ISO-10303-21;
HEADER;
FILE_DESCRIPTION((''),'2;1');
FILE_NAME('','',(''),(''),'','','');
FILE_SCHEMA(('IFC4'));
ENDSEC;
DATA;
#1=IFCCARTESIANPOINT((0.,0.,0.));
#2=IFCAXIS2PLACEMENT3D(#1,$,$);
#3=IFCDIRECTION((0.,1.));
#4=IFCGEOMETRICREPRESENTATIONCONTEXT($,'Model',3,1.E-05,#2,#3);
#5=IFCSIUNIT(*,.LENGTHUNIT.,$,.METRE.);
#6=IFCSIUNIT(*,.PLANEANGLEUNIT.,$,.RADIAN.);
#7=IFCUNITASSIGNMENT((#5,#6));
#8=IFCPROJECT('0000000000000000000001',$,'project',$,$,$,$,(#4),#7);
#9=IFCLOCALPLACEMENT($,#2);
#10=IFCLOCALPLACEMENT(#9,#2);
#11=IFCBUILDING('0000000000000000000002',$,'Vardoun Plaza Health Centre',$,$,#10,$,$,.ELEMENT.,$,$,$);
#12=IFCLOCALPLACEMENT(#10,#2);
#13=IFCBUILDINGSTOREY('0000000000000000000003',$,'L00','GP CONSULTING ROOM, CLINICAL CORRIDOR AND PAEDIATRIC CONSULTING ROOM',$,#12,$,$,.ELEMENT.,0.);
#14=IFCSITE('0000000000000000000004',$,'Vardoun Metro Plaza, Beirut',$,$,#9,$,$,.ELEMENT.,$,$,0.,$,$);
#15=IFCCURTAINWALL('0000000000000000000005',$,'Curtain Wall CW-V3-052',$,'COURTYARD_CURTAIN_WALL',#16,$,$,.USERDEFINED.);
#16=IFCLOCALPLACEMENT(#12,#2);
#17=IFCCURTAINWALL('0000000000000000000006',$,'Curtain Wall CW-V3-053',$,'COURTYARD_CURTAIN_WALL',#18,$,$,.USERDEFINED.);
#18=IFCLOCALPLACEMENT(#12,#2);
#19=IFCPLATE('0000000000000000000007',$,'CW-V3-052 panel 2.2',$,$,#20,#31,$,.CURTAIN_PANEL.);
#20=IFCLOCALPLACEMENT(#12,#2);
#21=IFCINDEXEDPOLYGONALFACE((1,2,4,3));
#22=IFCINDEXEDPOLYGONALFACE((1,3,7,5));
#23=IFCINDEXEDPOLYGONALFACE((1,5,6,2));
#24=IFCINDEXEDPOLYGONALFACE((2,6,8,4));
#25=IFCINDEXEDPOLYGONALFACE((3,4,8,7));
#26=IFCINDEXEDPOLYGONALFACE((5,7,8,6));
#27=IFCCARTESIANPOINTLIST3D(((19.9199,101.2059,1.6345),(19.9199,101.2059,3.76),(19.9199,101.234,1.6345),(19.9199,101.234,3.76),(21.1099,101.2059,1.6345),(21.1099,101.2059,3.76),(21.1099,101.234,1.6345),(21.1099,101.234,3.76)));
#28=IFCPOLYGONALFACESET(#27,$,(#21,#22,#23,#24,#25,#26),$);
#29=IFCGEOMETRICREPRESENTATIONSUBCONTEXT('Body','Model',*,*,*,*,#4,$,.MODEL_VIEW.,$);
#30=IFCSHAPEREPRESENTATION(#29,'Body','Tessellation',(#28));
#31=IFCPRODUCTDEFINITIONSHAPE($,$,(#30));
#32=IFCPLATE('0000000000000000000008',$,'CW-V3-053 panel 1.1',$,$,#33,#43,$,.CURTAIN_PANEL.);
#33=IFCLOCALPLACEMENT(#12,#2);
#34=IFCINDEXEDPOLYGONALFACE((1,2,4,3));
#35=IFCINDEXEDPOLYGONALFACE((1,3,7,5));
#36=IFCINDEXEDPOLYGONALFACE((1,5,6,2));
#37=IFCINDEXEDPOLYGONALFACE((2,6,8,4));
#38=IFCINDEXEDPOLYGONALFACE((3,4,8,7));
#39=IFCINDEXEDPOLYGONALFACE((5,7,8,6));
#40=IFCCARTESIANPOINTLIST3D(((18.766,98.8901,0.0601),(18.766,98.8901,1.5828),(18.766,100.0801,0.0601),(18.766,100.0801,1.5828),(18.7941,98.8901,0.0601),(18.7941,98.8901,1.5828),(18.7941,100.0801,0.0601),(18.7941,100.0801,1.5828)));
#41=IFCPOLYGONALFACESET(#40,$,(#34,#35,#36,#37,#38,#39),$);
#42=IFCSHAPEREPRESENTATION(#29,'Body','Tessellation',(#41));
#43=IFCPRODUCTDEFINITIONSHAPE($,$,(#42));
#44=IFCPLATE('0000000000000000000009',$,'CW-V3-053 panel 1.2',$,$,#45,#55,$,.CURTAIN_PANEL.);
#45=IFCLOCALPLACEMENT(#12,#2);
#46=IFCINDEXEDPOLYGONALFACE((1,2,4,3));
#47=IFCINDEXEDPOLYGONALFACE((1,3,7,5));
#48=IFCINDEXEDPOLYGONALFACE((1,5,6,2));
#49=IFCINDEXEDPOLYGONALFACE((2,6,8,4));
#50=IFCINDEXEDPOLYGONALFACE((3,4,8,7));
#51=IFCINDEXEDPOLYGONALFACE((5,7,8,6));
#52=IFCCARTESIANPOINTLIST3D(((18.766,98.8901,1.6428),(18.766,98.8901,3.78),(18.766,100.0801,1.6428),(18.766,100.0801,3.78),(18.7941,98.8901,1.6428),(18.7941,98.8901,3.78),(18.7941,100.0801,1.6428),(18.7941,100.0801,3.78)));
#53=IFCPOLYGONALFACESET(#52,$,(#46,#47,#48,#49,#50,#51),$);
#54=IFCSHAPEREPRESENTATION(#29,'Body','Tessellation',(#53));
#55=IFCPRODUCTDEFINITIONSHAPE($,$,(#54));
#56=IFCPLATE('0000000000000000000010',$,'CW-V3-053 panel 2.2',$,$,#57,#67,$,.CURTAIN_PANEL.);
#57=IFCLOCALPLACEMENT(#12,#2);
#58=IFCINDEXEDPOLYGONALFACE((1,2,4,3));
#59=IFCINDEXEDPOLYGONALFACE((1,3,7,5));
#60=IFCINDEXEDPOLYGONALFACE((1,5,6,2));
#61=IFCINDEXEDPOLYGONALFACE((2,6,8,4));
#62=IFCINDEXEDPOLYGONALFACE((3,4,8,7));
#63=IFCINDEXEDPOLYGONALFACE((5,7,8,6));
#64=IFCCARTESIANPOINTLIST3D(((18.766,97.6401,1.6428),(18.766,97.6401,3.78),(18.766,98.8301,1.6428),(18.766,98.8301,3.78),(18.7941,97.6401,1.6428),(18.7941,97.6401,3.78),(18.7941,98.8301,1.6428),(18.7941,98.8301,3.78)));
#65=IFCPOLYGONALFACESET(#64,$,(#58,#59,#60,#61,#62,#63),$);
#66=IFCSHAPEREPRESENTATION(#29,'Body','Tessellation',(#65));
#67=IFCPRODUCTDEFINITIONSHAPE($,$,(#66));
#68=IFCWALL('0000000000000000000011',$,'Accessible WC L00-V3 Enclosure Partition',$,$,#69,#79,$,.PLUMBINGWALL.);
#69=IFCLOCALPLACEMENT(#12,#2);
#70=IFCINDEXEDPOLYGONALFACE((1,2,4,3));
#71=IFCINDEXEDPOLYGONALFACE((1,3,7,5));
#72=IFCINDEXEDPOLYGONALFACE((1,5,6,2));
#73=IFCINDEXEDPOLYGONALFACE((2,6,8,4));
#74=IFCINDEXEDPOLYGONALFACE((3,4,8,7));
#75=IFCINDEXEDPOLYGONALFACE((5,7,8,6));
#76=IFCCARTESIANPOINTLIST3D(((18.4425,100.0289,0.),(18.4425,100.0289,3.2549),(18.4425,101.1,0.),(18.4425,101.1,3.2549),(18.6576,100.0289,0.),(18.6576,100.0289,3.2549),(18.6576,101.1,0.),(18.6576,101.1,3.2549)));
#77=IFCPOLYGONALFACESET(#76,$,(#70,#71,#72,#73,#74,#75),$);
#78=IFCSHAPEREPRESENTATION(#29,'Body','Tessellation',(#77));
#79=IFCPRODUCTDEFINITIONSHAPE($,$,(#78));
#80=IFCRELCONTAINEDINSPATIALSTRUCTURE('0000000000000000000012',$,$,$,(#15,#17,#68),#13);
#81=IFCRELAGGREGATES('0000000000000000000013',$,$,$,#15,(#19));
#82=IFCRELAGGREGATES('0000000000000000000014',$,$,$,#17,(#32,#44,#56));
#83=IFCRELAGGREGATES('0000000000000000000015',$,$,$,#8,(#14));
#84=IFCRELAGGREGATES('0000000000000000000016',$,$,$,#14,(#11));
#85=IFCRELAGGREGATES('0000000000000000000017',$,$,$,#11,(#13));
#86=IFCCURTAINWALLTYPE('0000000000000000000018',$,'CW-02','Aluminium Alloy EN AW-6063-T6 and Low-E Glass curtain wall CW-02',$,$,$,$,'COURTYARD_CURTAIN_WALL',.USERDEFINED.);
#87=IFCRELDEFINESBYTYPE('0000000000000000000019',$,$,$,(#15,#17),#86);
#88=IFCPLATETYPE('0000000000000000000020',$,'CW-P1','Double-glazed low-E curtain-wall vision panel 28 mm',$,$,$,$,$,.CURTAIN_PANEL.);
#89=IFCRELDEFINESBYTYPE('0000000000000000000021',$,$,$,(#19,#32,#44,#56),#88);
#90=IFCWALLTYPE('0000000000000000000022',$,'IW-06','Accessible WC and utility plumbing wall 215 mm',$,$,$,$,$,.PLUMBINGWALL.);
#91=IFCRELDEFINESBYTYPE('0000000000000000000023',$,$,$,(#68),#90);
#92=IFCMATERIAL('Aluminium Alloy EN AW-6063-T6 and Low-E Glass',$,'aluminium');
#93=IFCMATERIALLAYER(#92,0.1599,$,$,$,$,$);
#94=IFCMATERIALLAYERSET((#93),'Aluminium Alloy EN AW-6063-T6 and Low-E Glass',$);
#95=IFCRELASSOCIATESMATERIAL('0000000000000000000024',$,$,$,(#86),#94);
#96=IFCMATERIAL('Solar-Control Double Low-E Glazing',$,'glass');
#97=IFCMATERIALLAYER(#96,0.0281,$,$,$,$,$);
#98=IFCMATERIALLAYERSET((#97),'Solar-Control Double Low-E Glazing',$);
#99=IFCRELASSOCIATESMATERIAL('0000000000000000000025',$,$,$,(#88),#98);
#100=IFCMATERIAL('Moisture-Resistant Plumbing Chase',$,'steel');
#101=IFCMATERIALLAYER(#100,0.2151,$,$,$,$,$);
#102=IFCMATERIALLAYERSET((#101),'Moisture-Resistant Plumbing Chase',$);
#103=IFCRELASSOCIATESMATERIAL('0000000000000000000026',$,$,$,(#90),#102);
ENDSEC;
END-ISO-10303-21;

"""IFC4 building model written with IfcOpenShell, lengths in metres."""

from ifc_helpers import new_model, si_unit, direction, frame, frame_2d, origin, origin_2d, place, context, subcontext, project, spatial, rectangle, extrude, material, layer, layer_set, type_object, element, aggregate, save


model = new_model("IFC4")

# Units and contexts
model_context = context("Model", 3, precision=1e-05, world=origin(), true_north=direction((0.0, 1.0)))
body_context = subcontext(model_context, "Body", "Model", "MODEL_VIEW")
ifc_project = project(units=[si_unit("LENGTHUNIT", "METRE"), si_unit("PLANEANGLEUNIT", "RADIAN")], contexts=[model_context])

# Site, building, storey
site_placement = place(None, origin())
site = spatial("IfcSite", under=ifc_project, at=site_placement, Name="Vardoun Metro Plaza, Beirut", CompositionType="ELEMENT", RefElevation=0.0)
building_placement = place(site_placement, origin())
building = spatial("IfcBuilding", under=site, at=building_placement, Name="Vardoun Plaza Health Centre", CompositionType="ELEMENT")
storey_placement = place(building_placement, origin())
storey = spatial("IfcBuildingStorey", under=building, at=storey_placement, Name="L00", Description="GP CONSULTING ROOM, CLINICAL CORRIDOR AND PAEDIATRIC CONSULTING ROOM", CompositionType="ELEMENT", Elevation=0.0)

# Curtain walls
ifc_material_1 = material(Name="Aluminium Alloy EN AW-6063-T6 and Low-E Glass", Category="aluminium")
ifc_layer_1 = layer(ifc_material_1, 0.1599)
ifc_layer_set_1 = layer_set([ifc_layer_1], Name="Aluminium Alloy EN AW-6063-T6 and Low-E Glass")
curtain_wall_type = type_object("IfcCurtainWallType", Name="CW-02", Description="Aluminium Alloy EN AW-6063-T6 and Low-E Glass curtain wall CW-02", ElementType="COURTYARD_CURTAIN_WALL", PredefinedType="USERDEFINED", material=ifc_layer_set_1)
curtain_wall_1_placement = place(storey_placement, origin())
curtain_wall_1 = element("IfcCurtainWall", 1, at=curtain_wall_1_placement, inside=storey, type_object=curtain_wall_type, Name="Curtain Wall CW-V3-052", ObjectType="COURTYARD_CURTAIN_WALL", PredefinedType="USERDEFINED")
curtain_wall_2_placement = place(storey_placement, origin())
curtain_wall_2 = element("IfcCurtainWall", 2, at=curtain_wall_2_placement, inside=storey, type_object=curtain_wall_type, Name="Curtain Wall CW-V3-053", ObjectType="COURTYARD_CURTAIN_WALL", PredefinedType="USERDEFINED")

# Plates
ifc_material_2 = material(Name="Solar-Control Double Low-E Glazing", Category="glass")
ifc_layer_2 = layer(ifc_material_2, 0.0281)
ifc_layer_set_2 = layer_set([ifc_layer_2], Name="Solar-Control Double Low-E Glazing")
plate_type = type_object("IfcPlateType", Name="CW-P1", Description="Double-glazed low-E curtain-wall vision panel 28 mm", PredefinedType="CURTAIN_PANEL", material=ifc_layer_set_2)
plate_1_placement = place(storey_placement, frame((20.5149, 101.22, 1.6345), z_axis=(0.0, 0.0, 1.0), x_axis=(-1.0, 0.0, 0.0)))
plate_1 = element("IfcPlate", 3, at=plate_1_placement, type_object=plate_type, Name="CW-V3-052 panel 2.2", PredefinedType="CURTAIN_PANEL", context=body_context, shape_type="SweptSolid", body=[
    extrude(rectangle(XDim=1.1899, YDim=0.0281, at=origin_2d()), origin(), (0.0, 0.0, 1.0), 2.1255),
])
aggregate(curtain_wall_1, [plate_1])
plate_2_placement = place(storey_placement, frame((18.78, 99.4851, 0.0601), z_axis=(0.0, 0.0, 1.0), x_axis=(0.0, -1.0, 0.0)))
plate_2 = element("IfcPlate", 4, at=plate_2_placement, type_object=plate_type, Name="CW-V3-053 panel 1.1", PredefinedType="CURTAIN_PANEL", context=body_context, shape_type="SweptSolid", body=[
    extrude(rectangle(XDim=1.1899, YDim=0.0281, at=origin_2d()), origin(), (0.0, 0.0, 1.0), 1.5227),
])
plate_3_placement = place(storey_placement, frame((18.78, 99.4851, 1.6428), z_axis=(0.0, 0.0, 1.0), x_axis=(0.0, -1.0, 0.0)))
plate_3 = element("IfcPlate", 5, at=plate_3_placement, type_object=plate_type, Name="CW-V3-053 panel 1.2", PredefinedType="CURTAIN_PANEL", context=body_context, shape_type="SweptSolid", body=[
    extrude(rectangle(XDim=1.1899, YDim=0.0281, at=origin_2d()), origin(), (0.0, 0.0, 1.0), 2.1372),
])
plate_4_placement = place(storey_placement, frame((18.78, 98.2351, 1.6428), z_axis=(0.0, 0.0, 1.0), x_axis=(0.0, -1.0, 0.0)))
plate_4 = element("IfcPlate", 6, at=plate_4_placement, type_object=plate_type, Name="CW-V3-053 panel 2.2", PredefinedType="CURTAIN_PANEL", context=body_context, shape_type="SweptSolid", body=[
    extrude(rectangle(XDim=1.1899, YDim=0.0281, at=origin_2d()), origin(), (0.0, 0.0, 1.0), 2.1372),
])
aggregate(curtain_wall_2, [plate_2, plate_3, plate_4])

# Wall
ifc_material_3 = material(Name="Moisture-Resistant Plumbing Chase", Category="steel")
ifc_layer_3 = layer(ifc_material_3, 0.2151)
ifc_layer_set_3 = layer_set([ifc_layer_3], Name="Moisture-Resistant Plumbing Chase")
wall_type = type_object("IfcWallType", Name="IW-06", Description="Accessible WC and utility plumbing wall 215 mm", PredefinedType="PLUMBINGWALL", material=ifc_layer_set_3)
wall_placement = place(storey_placement, frame((18.55, 101.1001, 0.0), z_axis=(0.0, 0.0, 1.0), x_axis=(0.0, -1.0, 0.0)))
element("IfcWall", 7, at=wall_placement, inside=storey, type_object=wall_type, Name="Accessible WC L00-V3 Enclosure Partition", PredefinedType="PLUMBINGWALL", context=body_context, shape_type="SweptSolid", body=[
    extrude(rectangle(XDim=1.071, YDim=0.2151, at=frame_2d((0.5356, 0.0))), origin(), (0.0, 0.0, 1.0), 3.2549),
])

save(model, "model.ifc")
